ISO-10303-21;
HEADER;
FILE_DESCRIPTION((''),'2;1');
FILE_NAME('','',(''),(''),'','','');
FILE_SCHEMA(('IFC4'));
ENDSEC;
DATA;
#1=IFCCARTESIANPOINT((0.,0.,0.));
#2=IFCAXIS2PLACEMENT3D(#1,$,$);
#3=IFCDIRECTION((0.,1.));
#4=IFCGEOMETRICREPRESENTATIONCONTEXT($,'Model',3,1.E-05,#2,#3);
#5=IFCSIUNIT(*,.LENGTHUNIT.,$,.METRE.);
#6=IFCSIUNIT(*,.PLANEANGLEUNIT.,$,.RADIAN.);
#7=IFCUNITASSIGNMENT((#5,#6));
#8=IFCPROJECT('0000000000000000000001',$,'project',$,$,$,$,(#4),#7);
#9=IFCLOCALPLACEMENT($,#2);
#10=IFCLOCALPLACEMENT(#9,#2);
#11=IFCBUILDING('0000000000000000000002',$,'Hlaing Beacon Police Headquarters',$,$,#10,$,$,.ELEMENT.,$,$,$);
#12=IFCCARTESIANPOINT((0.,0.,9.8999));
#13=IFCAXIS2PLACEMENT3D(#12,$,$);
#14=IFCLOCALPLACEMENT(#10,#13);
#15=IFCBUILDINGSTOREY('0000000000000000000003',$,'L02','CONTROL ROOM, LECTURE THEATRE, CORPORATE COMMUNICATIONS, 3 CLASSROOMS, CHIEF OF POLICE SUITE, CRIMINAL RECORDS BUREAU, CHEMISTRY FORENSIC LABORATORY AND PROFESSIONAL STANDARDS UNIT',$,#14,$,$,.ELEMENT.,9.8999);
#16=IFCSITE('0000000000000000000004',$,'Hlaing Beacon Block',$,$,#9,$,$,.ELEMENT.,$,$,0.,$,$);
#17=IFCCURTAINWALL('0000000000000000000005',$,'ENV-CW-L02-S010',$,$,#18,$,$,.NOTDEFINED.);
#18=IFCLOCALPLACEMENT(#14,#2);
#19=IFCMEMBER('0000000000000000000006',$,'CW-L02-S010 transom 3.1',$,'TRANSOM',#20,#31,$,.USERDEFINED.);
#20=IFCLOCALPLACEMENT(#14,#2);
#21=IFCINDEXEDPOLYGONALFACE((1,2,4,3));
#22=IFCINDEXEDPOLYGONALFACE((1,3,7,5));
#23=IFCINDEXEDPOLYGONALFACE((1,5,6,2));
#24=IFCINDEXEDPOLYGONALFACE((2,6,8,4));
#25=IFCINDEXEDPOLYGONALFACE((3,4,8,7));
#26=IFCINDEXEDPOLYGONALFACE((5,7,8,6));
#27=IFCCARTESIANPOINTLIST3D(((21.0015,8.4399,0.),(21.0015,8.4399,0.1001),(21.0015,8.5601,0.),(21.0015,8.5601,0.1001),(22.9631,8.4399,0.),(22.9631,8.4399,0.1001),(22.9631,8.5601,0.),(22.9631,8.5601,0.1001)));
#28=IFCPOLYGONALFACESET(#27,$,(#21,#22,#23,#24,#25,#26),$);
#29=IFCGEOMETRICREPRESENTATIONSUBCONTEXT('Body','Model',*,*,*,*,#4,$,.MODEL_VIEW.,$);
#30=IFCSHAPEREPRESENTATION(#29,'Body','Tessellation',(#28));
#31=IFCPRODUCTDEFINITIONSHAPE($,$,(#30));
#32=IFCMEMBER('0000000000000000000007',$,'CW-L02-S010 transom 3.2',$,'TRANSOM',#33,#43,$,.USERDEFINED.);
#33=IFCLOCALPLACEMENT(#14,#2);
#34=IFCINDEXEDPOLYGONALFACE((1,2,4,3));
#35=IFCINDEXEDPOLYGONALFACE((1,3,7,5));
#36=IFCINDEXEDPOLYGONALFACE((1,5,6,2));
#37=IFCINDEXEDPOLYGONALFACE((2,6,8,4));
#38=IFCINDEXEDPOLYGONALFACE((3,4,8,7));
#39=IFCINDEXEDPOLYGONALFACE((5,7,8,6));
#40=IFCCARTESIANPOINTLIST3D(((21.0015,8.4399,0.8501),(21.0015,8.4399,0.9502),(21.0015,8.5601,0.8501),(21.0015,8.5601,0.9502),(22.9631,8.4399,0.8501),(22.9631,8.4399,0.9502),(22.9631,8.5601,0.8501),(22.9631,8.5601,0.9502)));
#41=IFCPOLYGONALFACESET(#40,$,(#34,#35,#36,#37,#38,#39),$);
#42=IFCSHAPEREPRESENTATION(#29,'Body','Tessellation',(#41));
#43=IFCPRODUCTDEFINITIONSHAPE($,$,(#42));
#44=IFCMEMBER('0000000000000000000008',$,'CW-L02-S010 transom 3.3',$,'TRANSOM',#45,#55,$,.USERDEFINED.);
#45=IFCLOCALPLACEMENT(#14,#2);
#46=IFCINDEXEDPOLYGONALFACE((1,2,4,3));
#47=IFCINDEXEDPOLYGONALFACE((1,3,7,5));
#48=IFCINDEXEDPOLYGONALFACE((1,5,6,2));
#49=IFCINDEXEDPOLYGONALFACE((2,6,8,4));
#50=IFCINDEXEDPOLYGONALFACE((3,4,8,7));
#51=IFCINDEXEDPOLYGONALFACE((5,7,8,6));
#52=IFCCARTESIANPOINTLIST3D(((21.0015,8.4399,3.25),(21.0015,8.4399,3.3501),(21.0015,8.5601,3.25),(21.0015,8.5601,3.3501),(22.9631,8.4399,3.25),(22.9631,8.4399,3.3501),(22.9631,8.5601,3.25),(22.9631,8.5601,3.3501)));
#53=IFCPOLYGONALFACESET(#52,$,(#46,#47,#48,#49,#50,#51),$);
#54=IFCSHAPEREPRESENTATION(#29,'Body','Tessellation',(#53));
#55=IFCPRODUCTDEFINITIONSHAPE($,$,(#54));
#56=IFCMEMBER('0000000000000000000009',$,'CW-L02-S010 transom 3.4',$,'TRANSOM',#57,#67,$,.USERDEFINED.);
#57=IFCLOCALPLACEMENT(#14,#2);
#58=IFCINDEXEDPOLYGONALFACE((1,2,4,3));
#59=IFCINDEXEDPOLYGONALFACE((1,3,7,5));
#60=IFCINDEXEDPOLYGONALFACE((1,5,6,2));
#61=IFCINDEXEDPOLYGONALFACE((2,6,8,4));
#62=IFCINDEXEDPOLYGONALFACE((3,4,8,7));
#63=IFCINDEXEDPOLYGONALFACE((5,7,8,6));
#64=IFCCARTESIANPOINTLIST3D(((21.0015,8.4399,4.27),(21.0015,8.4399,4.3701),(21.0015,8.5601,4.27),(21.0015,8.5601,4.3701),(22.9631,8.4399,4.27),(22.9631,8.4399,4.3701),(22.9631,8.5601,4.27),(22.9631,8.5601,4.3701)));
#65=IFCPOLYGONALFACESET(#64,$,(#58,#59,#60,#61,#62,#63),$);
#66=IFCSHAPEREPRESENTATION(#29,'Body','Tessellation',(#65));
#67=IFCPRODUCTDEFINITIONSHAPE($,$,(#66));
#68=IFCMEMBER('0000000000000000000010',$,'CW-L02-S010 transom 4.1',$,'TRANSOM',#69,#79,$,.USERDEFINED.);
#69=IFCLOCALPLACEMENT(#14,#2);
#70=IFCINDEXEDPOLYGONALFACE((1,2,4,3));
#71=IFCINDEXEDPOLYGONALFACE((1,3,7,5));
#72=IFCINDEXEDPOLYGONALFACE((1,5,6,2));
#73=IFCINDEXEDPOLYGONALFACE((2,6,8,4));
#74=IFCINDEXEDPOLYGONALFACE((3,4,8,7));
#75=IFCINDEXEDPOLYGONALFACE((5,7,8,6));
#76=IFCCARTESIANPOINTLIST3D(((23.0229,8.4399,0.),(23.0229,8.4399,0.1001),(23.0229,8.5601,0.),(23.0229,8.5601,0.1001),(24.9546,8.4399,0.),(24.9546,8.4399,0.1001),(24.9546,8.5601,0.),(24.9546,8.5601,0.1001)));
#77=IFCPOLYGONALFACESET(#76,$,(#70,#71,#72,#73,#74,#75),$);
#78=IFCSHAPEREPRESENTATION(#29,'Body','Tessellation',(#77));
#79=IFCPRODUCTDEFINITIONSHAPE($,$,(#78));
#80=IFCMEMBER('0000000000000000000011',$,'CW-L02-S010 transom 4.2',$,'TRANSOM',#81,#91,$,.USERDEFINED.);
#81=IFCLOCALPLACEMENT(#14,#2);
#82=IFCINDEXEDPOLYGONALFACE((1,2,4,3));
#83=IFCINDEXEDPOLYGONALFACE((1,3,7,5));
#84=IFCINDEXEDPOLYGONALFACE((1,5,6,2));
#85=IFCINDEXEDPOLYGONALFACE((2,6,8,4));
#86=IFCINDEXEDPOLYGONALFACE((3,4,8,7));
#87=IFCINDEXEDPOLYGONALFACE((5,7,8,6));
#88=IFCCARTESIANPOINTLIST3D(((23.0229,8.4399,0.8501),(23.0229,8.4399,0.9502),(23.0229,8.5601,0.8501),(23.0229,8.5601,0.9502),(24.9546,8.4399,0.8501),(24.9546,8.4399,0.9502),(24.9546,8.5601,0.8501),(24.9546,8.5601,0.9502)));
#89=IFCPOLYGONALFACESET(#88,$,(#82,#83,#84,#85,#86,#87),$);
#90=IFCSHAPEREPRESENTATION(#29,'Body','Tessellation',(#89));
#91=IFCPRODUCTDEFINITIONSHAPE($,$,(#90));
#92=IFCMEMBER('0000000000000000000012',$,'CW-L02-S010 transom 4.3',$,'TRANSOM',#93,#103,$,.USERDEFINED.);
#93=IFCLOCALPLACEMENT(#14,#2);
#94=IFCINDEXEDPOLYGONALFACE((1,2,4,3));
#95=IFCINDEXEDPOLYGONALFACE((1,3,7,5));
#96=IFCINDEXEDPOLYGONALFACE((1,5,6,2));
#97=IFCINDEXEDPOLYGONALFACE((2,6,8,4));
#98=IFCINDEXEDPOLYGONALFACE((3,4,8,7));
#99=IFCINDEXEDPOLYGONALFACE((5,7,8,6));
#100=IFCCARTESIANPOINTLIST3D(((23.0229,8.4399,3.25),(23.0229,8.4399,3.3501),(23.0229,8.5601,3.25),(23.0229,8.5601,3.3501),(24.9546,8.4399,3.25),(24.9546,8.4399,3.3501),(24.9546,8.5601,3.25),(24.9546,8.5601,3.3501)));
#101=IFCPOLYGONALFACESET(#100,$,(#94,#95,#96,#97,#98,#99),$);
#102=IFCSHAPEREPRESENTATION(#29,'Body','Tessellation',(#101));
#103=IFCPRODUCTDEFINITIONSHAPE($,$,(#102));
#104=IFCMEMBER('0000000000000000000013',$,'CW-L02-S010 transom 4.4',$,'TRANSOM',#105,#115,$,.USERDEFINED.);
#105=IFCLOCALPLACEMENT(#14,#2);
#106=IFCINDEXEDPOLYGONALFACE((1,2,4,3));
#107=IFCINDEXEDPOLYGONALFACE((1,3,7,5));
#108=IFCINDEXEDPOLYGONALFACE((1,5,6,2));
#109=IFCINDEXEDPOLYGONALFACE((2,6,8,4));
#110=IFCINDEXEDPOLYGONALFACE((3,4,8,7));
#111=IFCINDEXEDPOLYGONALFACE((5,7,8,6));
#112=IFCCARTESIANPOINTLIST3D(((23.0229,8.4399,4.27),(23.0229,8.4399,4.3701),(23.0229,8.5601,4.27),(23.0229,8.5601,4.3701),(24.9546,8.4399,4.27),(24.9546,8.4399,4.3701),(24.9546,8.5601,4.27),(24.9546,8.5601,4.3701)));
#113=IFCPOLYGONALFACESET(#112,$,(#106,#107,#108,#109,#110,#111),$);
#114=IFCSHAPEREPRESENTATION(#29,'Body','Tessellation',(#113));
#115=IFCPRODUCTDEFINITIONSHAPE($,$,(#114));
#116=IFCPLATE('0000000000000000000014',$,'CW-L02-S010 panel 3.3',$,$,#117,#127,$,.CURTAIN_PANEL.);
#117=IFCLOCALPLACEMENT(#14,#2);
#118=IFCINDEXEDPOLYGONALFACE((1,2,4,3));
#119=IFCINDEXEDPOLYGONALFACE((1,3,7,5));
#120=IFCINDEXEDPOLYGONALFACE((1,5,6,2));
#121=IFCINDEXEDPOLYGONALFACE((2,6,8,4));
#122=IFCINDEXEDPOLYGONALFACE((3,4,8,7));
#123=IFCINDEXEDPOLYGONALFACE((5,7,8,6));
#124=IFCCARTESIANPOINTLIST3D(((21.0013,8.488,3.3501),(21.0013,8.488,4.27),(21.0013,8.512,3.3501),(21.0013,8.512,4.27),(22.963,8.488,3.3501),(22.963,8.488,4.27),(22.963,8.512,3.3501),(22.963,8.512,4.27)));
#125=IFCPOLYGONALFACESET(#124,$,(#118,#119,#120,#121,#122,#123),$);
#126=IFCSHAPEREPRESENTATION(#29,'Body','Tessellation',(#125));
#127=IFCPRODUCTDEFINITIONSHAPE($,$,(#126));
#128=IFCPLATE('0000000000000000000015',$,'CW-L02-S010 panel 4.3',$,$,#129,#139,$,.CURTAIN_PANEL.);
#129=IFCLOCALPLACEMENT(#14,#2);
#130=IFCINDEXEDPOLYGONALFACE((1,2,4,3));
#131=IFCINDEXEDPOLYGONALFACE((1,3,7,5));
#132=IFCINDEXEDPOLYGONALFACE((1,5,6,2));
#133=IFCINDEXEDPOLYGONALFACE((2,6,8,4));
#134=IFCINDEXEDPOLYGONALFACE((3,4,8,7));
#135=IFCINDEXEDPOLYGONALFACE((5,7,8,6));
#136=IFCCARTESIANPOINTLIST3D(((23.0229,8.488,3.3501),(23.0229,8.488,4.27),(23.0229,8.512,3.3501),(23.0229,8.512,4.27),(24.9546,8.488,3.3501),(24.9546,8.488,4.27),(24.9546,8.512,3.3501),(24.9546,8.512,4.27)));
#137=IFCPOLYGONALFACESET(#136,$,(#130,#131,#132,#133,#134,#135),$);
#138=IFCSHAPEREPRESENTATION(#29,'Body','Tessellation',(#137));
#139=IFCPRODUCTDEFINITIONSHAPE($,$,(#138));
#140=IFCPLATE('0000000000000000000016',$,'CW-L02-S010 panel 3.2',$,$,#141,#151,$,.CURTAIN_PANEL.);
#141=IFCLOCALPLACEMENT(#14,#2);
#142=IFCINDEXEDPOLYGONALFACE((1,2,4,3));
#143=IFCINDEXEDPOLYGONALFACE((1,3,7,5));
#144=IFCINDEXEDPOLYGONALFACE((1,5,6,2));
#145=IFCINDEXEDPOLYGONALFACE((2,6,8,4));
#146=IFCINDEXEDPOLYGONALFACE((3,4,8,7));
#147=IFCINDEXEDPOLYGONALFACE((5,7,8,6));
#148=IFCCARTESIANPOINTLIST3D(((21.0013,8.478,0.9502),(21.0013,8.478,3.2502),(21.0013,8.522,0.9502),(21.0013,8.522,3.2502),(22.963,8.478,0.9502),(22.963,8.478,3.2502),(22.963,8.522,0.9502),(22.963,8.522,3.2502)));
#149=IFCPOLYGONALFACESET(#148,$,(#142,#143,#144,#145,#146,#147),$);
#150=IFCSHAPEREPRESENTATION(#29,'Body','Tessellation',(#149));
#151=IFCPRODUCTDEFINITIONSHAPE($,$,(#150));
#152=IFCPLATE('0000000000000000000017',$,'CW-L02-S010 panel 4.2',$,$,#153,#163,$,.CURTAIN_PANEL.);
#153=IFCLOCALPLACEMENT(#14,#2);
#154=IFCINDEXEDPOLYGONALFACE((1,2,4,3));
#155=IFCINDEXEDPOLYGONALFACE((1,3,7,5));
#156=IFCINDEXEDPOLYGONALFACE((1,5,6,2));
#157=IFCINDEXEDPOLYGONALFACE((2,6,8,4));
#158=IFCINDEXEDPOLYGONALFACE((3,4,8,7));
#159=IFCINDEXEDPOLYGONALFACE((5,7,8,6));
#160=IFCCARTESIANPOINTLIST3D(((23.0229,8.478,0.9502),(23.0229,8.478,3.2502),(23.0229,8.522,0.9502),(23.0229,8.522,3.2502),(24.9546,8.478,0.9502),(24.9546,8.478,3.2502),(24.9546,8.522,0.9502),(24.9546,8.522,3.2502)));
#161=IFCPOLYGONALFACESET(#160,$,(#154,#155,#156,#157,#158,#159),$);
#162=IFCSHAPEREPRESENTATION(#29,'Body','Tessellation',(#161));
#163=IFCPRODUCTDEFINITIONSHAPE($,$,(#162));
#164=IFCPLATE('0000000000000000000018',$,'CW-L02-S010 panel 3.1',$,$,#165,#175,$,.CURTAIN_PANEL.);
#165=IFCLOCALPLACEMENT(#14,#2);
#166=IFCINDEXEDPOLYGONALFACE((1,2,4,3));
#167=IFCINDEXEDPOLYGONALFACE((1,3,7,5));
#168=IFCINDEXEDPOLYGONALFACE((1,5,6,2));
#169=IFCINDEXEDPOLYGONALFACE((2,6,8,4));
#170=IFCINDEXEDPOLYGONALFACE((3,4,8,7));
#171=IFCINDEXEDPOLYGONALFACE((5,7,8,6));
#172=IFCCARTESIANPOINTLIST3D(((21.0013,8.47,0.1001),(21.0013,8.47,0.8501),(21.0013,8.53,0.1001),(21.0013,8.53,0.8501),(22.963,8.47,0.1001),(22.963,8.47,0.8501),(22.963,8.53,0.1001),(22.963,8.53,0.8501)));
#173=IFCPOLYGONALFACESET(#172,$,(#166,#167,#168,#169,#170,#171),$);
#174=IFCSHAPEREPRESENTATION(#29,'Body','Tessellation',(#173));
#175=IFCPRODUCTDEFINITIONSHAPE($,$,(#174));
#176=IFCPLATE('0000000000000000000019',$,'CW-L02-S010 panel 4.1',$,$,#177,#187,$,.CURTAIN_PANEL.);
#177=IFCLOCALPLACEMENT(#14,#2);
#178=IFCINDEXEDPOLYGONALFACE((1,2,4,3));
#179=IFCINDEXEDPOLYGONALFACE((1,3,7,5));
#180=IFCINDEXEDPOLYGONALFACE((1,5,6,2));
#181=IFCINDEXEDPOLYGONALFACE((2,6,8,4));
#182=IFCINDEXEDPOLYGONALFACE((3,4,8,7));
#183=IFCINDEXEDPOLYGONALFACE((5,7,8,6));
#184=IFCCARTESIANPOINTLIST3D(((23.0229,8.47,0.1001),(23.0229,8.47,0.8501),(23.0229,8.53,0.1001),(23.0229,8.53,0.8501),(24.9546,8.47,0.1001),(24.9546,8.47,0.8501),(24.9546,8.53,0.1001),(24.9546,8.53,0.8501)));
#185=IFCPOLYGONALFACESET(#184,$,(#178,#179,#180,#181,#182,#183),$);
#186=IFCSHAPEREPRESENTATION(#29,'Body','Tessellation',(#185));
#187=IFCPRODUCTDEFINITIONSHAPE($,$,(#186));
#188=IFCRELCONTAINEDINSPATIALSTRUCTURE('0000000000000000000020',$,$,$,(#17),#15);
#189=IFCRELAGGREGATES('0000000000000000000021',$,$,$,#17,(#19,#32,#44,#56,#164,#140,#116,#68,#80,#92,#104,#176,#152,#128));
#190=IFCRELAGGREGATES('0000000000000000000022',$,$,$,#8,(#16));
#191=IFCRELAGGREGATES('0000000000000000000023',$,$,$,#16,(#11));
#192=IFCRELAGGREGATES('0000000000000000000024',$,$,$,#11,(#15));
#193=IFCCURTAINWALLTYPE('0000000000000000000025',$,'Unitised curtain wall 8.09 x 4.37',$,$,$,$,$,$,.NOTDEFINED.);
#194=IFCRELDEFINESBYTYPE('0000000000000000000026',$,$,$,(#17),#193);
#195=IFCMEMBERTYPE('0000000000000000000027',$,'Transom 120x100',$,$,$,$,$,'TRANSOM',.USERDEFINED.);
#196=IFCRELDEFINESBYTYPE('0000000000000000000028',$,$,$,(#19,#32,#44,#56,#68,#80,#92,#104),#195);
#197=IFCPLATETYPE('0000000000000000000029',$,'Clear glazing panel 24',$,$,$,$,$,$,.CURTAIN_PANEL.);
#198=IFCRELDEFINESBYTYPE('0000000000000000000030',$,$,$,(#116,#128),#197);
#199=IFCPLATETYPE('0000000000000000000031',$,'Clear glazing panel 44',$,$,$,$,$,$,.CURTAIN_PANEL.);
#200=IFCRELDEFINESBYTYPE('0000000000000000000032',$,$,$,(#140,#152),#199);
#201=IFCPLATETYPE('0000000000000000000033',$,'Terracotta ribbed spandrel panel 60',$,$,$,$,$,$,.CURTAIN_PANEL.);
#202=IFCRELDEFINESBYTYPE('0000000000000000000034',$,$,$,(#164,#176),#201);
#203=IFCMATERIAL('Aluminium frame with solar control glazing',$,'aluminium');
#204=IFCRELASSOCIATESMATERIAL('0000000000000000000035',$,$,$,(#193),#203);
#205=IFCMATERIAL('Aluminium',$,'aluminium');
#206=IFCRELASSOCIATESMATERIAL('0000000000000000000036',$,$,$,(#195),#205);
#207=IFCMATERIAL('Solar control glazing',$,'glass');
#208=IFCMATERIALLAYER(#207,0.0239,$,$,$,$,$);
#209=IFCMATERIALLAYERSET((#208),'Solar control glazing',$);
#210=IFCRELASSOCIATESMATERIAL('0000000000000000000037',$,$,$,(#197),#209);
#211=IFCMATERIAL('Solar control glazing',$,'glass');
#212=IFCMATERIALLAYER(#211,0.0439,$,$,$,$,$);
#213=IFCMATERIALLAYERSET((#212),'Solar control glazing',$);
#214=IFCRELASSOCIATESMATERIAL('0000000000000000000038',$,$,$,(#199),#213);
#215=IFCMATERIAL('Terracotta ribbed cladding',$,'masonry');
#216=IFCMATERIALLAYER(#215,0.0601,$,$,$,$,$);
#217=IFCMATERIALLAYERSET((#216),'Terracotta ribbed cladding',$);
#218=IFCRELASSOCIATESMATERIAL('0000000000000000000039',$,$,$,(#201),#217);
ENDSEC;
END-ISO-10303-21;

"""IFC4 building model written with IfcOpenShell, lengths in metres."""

from ifc_helpers import new_model, si_unit, direction, frame, origin, origin_2d, place, context, subcontext, project, spatial, rectangle, extrude, material, layer, layer_set, material_profile, profile_set, type_object, element, aggregate, save


model = new_model("IFC4")

# Units and contexts
model_context = context("Model", 3, precision=1e-05, world=origin(), true_north=direction((0.0, 1.0)))
body_context = subcontext(model_context, "Body", "Model", "MODEL_VIEW")
ifc_project = project(units=[si_unit("LENGTHUNIT", "METRE"), si_unit("PLANEANGLEUNIT", "RADIAN")], contexts=[model_context])

# Site, building, storey
site_placement = place(None, origin())
site = spatial("IfcSite", under=ifc_project, at=site_placement, Name="Hlaing Beacon Block", CompositionType="ELEMENT", RefElevation=0.0)
building_placement = place(site_placement, origin())
building = spatial("IfcBuilding", under=site, at=building_placement, Name="Hlaing Beacon Police Headquarters", CompositionType="ELEMENT")
storey_placement = place(building_placement, frame((0.0, 0.0, 9.8999)))
storey = spatial("IfcBuildingStorey", under=building, at=storey_placement, Name="L02", Description="CONTROL ROOM, LECTURE THEATRE, CORPORATE COMMUNICATIONS, 3 CLASSROOMS, CHIEF OF POLICE SUITE, CRIMINAL RECORDS BUREAU, CHEMISTRY FORENSIC LABORATORY AND PROFESSIONAL STANDARDS UNIT", CompositionType="ELEMENT", Elevation=9.8999)

# Curtain wall
ifc_material_1 = material(Name="Aluminium frame with solar control glazing", Category="aluminium")
curtain_wall_type = type_object("IfcCurtainWallType", Name="Unitised curtain wall 8.09 x 4.37", PredefinedType="NOTDEFINED", material=ifc_material_1)
curtain_wall_placement = place(storey_placement, origin())
curtain_wall = element("IfcCurtainWall", 1, at=curtain_wall_placement, inside=storey, type_object=curtain_wall_type, Name="ENV-CW-L02-S010", PredefinedType="NOTDEFINED")

# Members
ifc_material_2 = material(Name="Aluminium", Category="aluminium")
ifc_material_profile_1 = material_profile(ifc_material_2, rectangle(XDim=0.1201, YDim=0.1001, at=origin_2d()), Name="Transom 120x100")
ifc_profile_set_1 = profile_set([ifc_material_profile_1], Name="Aluminium")
member_type_1 = type_object("IfcMemberType", Name="Transom 120x100", ElementType="TRANSOM", PredefinedType="USERDEFINED", material=ifc_profile_set_1)
member_1_placement = place(storey_placement, frame((21.0015, 8.5, 0.05), z_axis=(1.0, 0.0, 0.0), x_axis=(0.0, 1.0, 0.0)))
member_1 = element("IfcMember", 2, at=member_1_placement, type_object=member_type_1, Name="CW-L02-S010 transom 3.1", ObjectType="TRANSOM", PredefinedType="USERDEFINED", context=body_context, shape_type="SweptSolid", body=[
    extrude(rectangle(XDim=0.1201, YDim=0.1001, at=origin_2d()), origin(), (0.0, 0.0, 1.0), 1.9617),
])
member_2_placement = place(storey_placement, frame((21.0015, 8.5, 0.9001), z_axis=(1.0, 0.0, 0.0), x_axis=(0.0, 1.0, 0.0)))
member_2 = element("IfcMember", 3, at=member_2_placement, type_object=member_type_1, Name="CW-L02-S010 transom 3.2", ObjectType="TRANSOM", PredefinedType="USERDEFINED", context=body_context, shape_type="SweptSolid", body=[
    extrude(rectangle(XDim=0.1201, YDim=0.1001, at=origin_2d()), origin(), (0.0, 0.0, 1.0), 1.9617),
])
member_3_placement = place(storey_placement, frame((21.0015, 8.5, 3.3), z_axis=(1.0, 0.0, 0.0), x_axis=(0.0, 1.0, 0.0)))
member_3 = element("IfcMember", 4, at=member_3_placement, type_object=member_type_1, Name="CW-L02-S010 transom 3.3", ObjectType="TRANSOM", PredefinedType="USERDEFINED", context=body_context, shape_type="SweptSolid", body=[
    extrude(rectangle(XDim=0.1201, YDim=0.1001, at=origin_2d()), origin(), (0.0, 0.0, 1.0), 1.9617),
])
member_4_placement = place(storey_placement, frame((21.0015, 8.5, 4.3201), z_axis=(1.0, 0.0, 0.0), x_axis=(0.0, 1.0, 0.0)))
member_4 = element("IfcMember", 5, at=member_4_placement, type_object=member_type_1, Name="CW-L02-S010 transom 3.4", ObjectType="TRANSOM", PredefinedType="USERDEFINED", context=body_context, shape_type="SweptSolid", body=[
    extrude(rectangle(XDim=0.1201, YDim=0.1001, at=origin_2d()), origin(), (0.0, 0.0, 1.0), 1.9617),
])
member_5_placement = place(storey_placement, frame((23.0229, 8.5, 0.05), z_axis=(1.0, 0.0, 0.0), x_axis=(0.0, 1.0, 0.0)))
member_5 = element("IfcMember", 6, at=member_5_placement, type_object=member_type_1, Name="CW-L02-S010 transom 4.1", ObjectType="TRANSOM", PredefinedType="USERDEFINED", context=body_context, shape_type="SweptSolid", body=[
    extrude(rectangle(XDim=0.1201, YDim=0.1001, at=origin_2d()), origin(), (0.0, 0.0, 1.0), 1.9316),
])
member_6_placement = place(storey_placement, frame((23.0229, 8.5, 0.9001), z_axis=(1.0, 0.0, 0.0), x_axis=(0.0, 1.0, 0.0)))
member_6 = element("IfcMember", 7, at=member_6_placement, type_object=member_type_1, Name="CW-L02-S010 transom 4.2", ObjectType="TRANSOM", PredefinedType="USERDEFINED", context=body_context, shape_type="SweptSolid", body=[
    extrude(rectangle(XDim=0.1201, YDim=0.1001, at=origin_2d()), origin(), (0.0, 0.0, 1.0), 1.9316),
])
member_7_placement = place(storey_placement, frame((23.0229, 8.5, 3.3), z_axis=(1.0, 0.0, 0.0), x_axis=(0.0, 1.0, 0.0)))
member_7 = element("IfcMember", 8, at=member_7_placement, type_object=member_type_1, Name="CW-L02-S010 transom 4.3", ObjectType="TRANSOM", PredefinedType="USERDEFINED", context=body_context, shape_type="SweptSolid", body=[
    extrude(rectangle(XDim=0.1201, YDim=0.1001, at=origin_2d()), origin(), (0.0, 0.0, 1.0), 1.9316),
])
member_8_placement = place(storey_placement, frame((23.0229, 8.5, 4.3201), z_axis=(1.0, 0.0, 0.0), x_axis=(0.0, 1.0, 0.0)))
member_8 = element("IfcMember", 9, at=member_8_placement, type_object=member_type_1, Name="CW-L02-S010 transom 4.4", ObjectType="TRANSOM", PredefinedType="USERDEFINED", context=body_context, shape_type="SweptSolid", body=[
    extrude(rectangle(XDim=0.1201, YDim=0.1001, at=origin_2d()), origin(), (0.0, 0.0, 1.0), 1.9316),
])

# Plates
ifc_material_3 = material(Name="Solar control glazing", Category="glass")
ifc_layer_1 = layer(ifc_material_3, 0.0239)
ifc_layer_set_1 = layer_set([ifc_layer_1], Name="Solar control glazing")
plate_type_1 = type_object("IfcPlateType", Name="Clear glazing panel 24", PredefinedType="CURTAIN_PANEL", material=ifc_layer_set_1)
plate_1_placement = place(storey_placement, frame((21.9822, 8.5, 3.3501), z_axis=(0.0, 0.0, 1.0), x_axis=(1.0, 0.0, 0.0)))
plate_1 = element("IfcPlate", 10, at=plate_1_placement, type_object=plate_type_1, Name="CW-L02-S010 panel 3.3", PredefinedType="CURTAIN_PANEL", context=body_context, shape_type="SweptSolid", body=[
    extrude(rectangle(XDim=1.9617, YDim=0.0239, at=origin_2d()), origin(), (0.0, 0.0, 1.0), 0.9199),
])
plate_2_placement = place(storey_placement, frame((23.9888, 8.5, 3.3501), z_axis=(0.0, 0.0, 1.0), x_axis=(1.0, 0.0, 0.0)))
plate_2 = element("IfcPlate", 11, at=plate_2_placement, type_object=plate_type_1, Name="CW-L02-S010 panel 4.3", PredefinedType="CURTAIN_PANEL", context=body_context, shape_type="SweptSolid", body=[
    extrude(rectangle(XDim=1.9316, YDim=0.0239, at=origin_2d()), origin(), (0.0, 0.0, 1.0), 0.9199),
])
ifc_material_4 = material(Name="Solar control glazing", Category="glass")
ifc_layer_2 = layer(ifc_material_4, 0.0439)
ifc_layer_set_2 = layer_set([ifc_layer_2], Name="Solar control glazing")
plate_type_2 = type_object("IfcPlateType", Name="Clear glazing panel 44", PredefinedType="CURTAIN_PANEL", material=ifc_layer_set_2)
plate_3_placement = place(storey_placement, frame((21.9822, 8.5, 0.9502), z_axis=(0.0, 0.0, 1.0), x_axis=(1.0, 0.0, 0.0)))
plate_3 = element("IfcPlate", 12, at=plate_3_placement, type_object=plate_type_2, Name="CW-L02-S010 panel 3.2", PredefinedType="CURTAIN_PANEL", context=body_context, shape_type="SweptSolid", body=[
    extrude(rectangle(XDim=1.9617, YDim=0.0439, at=origin_2d()), origin(), (0.0, 0.0, 1.0), 2.3),
])
plate_4_placement = place(storey_placement, frame((23.9888, 8.5, 0.9502), z_axis=(0.0, 0.0, 1.0), x_axis=(1.0, 0.0, 0.0)))
plate_4 = element("IfcPlate", 13, at=plate_4_placement, type_object=plate_type_2, Name="CW-L02-S010 panel 4.2", PredefinedType="CURTAIN_PANEL", context=body_context, shape_type="SweptSolid", body=[
    extrude(rectangle(XDim=1.9316, YDim=0.0439, at=origin_2d()), origin(), (0.0, 0.0, 1.0), 2.3),
])
ifc_material_5 = material(Name="Terracotta ribbed cladding", Category="masonry")
ifc_layer_3 = layer(ifc_material_5, 0.0601)
ifc_layer_set_3 = layer_set([ifc_layer_3], Name="Terracotta ribbed cladding")
plate_type_3 = type_object("IfcPlateType", Name="Terracotta ribbed spandrel panel 60", PredefinedType="CURTAIN_PANEL", material=ifc_layer_set_3)
plate_5_placement = place(storey_placement, frame((21.9822, 8.5, 0.1001), z_axis=(0.0, 0.0, 1.0), x_axis=(1.0, 0.0, 0.0)))
plate_5 = element("IfcPlate", 14, at=plate_5_placement, type_object=plate_type_3, Name="CW-L02-S010 panel 3.1", PredefinedType="CURTAIN_PANEL", context=body_context, shape_type="SweptSolid", body=[
    extrude(rectangle(XDim=1.9617, YDim=0.0601, at=origin_2d()), origin(), (0.0, 0.0, 1.0), 0.75),
])
plate_6_placement = place(storey_placement, frame((23.9888, 8.5, 0.1001), z_axis=(0.0, 0.0, 1.0), x_axis=(1.0, 0.0, 0.0)))
plate_6 = element("IfcPlate", 15, at=plate_6_placement, type_object=plate_type_3, Name="CW-L02-S010 panel 4.1", PredefinedType="CURTAIN_PANEL", context=body_context, shape_type="SweptSolid", body=[
    extrude(rectangle(XDim=1.9316, YDim=0.0601, at=origin_2d()), origin(), (0.0, 0.0, 1.0), 0.75),
])
aggregate(curtain_wall, [member_1, member_2, member_3, member_4, plate_5, plate_3, plate_1, member_5, member_6, member_7, member_8, plate_6, plate_4, plate_2])

save(model, "model.ifc")
